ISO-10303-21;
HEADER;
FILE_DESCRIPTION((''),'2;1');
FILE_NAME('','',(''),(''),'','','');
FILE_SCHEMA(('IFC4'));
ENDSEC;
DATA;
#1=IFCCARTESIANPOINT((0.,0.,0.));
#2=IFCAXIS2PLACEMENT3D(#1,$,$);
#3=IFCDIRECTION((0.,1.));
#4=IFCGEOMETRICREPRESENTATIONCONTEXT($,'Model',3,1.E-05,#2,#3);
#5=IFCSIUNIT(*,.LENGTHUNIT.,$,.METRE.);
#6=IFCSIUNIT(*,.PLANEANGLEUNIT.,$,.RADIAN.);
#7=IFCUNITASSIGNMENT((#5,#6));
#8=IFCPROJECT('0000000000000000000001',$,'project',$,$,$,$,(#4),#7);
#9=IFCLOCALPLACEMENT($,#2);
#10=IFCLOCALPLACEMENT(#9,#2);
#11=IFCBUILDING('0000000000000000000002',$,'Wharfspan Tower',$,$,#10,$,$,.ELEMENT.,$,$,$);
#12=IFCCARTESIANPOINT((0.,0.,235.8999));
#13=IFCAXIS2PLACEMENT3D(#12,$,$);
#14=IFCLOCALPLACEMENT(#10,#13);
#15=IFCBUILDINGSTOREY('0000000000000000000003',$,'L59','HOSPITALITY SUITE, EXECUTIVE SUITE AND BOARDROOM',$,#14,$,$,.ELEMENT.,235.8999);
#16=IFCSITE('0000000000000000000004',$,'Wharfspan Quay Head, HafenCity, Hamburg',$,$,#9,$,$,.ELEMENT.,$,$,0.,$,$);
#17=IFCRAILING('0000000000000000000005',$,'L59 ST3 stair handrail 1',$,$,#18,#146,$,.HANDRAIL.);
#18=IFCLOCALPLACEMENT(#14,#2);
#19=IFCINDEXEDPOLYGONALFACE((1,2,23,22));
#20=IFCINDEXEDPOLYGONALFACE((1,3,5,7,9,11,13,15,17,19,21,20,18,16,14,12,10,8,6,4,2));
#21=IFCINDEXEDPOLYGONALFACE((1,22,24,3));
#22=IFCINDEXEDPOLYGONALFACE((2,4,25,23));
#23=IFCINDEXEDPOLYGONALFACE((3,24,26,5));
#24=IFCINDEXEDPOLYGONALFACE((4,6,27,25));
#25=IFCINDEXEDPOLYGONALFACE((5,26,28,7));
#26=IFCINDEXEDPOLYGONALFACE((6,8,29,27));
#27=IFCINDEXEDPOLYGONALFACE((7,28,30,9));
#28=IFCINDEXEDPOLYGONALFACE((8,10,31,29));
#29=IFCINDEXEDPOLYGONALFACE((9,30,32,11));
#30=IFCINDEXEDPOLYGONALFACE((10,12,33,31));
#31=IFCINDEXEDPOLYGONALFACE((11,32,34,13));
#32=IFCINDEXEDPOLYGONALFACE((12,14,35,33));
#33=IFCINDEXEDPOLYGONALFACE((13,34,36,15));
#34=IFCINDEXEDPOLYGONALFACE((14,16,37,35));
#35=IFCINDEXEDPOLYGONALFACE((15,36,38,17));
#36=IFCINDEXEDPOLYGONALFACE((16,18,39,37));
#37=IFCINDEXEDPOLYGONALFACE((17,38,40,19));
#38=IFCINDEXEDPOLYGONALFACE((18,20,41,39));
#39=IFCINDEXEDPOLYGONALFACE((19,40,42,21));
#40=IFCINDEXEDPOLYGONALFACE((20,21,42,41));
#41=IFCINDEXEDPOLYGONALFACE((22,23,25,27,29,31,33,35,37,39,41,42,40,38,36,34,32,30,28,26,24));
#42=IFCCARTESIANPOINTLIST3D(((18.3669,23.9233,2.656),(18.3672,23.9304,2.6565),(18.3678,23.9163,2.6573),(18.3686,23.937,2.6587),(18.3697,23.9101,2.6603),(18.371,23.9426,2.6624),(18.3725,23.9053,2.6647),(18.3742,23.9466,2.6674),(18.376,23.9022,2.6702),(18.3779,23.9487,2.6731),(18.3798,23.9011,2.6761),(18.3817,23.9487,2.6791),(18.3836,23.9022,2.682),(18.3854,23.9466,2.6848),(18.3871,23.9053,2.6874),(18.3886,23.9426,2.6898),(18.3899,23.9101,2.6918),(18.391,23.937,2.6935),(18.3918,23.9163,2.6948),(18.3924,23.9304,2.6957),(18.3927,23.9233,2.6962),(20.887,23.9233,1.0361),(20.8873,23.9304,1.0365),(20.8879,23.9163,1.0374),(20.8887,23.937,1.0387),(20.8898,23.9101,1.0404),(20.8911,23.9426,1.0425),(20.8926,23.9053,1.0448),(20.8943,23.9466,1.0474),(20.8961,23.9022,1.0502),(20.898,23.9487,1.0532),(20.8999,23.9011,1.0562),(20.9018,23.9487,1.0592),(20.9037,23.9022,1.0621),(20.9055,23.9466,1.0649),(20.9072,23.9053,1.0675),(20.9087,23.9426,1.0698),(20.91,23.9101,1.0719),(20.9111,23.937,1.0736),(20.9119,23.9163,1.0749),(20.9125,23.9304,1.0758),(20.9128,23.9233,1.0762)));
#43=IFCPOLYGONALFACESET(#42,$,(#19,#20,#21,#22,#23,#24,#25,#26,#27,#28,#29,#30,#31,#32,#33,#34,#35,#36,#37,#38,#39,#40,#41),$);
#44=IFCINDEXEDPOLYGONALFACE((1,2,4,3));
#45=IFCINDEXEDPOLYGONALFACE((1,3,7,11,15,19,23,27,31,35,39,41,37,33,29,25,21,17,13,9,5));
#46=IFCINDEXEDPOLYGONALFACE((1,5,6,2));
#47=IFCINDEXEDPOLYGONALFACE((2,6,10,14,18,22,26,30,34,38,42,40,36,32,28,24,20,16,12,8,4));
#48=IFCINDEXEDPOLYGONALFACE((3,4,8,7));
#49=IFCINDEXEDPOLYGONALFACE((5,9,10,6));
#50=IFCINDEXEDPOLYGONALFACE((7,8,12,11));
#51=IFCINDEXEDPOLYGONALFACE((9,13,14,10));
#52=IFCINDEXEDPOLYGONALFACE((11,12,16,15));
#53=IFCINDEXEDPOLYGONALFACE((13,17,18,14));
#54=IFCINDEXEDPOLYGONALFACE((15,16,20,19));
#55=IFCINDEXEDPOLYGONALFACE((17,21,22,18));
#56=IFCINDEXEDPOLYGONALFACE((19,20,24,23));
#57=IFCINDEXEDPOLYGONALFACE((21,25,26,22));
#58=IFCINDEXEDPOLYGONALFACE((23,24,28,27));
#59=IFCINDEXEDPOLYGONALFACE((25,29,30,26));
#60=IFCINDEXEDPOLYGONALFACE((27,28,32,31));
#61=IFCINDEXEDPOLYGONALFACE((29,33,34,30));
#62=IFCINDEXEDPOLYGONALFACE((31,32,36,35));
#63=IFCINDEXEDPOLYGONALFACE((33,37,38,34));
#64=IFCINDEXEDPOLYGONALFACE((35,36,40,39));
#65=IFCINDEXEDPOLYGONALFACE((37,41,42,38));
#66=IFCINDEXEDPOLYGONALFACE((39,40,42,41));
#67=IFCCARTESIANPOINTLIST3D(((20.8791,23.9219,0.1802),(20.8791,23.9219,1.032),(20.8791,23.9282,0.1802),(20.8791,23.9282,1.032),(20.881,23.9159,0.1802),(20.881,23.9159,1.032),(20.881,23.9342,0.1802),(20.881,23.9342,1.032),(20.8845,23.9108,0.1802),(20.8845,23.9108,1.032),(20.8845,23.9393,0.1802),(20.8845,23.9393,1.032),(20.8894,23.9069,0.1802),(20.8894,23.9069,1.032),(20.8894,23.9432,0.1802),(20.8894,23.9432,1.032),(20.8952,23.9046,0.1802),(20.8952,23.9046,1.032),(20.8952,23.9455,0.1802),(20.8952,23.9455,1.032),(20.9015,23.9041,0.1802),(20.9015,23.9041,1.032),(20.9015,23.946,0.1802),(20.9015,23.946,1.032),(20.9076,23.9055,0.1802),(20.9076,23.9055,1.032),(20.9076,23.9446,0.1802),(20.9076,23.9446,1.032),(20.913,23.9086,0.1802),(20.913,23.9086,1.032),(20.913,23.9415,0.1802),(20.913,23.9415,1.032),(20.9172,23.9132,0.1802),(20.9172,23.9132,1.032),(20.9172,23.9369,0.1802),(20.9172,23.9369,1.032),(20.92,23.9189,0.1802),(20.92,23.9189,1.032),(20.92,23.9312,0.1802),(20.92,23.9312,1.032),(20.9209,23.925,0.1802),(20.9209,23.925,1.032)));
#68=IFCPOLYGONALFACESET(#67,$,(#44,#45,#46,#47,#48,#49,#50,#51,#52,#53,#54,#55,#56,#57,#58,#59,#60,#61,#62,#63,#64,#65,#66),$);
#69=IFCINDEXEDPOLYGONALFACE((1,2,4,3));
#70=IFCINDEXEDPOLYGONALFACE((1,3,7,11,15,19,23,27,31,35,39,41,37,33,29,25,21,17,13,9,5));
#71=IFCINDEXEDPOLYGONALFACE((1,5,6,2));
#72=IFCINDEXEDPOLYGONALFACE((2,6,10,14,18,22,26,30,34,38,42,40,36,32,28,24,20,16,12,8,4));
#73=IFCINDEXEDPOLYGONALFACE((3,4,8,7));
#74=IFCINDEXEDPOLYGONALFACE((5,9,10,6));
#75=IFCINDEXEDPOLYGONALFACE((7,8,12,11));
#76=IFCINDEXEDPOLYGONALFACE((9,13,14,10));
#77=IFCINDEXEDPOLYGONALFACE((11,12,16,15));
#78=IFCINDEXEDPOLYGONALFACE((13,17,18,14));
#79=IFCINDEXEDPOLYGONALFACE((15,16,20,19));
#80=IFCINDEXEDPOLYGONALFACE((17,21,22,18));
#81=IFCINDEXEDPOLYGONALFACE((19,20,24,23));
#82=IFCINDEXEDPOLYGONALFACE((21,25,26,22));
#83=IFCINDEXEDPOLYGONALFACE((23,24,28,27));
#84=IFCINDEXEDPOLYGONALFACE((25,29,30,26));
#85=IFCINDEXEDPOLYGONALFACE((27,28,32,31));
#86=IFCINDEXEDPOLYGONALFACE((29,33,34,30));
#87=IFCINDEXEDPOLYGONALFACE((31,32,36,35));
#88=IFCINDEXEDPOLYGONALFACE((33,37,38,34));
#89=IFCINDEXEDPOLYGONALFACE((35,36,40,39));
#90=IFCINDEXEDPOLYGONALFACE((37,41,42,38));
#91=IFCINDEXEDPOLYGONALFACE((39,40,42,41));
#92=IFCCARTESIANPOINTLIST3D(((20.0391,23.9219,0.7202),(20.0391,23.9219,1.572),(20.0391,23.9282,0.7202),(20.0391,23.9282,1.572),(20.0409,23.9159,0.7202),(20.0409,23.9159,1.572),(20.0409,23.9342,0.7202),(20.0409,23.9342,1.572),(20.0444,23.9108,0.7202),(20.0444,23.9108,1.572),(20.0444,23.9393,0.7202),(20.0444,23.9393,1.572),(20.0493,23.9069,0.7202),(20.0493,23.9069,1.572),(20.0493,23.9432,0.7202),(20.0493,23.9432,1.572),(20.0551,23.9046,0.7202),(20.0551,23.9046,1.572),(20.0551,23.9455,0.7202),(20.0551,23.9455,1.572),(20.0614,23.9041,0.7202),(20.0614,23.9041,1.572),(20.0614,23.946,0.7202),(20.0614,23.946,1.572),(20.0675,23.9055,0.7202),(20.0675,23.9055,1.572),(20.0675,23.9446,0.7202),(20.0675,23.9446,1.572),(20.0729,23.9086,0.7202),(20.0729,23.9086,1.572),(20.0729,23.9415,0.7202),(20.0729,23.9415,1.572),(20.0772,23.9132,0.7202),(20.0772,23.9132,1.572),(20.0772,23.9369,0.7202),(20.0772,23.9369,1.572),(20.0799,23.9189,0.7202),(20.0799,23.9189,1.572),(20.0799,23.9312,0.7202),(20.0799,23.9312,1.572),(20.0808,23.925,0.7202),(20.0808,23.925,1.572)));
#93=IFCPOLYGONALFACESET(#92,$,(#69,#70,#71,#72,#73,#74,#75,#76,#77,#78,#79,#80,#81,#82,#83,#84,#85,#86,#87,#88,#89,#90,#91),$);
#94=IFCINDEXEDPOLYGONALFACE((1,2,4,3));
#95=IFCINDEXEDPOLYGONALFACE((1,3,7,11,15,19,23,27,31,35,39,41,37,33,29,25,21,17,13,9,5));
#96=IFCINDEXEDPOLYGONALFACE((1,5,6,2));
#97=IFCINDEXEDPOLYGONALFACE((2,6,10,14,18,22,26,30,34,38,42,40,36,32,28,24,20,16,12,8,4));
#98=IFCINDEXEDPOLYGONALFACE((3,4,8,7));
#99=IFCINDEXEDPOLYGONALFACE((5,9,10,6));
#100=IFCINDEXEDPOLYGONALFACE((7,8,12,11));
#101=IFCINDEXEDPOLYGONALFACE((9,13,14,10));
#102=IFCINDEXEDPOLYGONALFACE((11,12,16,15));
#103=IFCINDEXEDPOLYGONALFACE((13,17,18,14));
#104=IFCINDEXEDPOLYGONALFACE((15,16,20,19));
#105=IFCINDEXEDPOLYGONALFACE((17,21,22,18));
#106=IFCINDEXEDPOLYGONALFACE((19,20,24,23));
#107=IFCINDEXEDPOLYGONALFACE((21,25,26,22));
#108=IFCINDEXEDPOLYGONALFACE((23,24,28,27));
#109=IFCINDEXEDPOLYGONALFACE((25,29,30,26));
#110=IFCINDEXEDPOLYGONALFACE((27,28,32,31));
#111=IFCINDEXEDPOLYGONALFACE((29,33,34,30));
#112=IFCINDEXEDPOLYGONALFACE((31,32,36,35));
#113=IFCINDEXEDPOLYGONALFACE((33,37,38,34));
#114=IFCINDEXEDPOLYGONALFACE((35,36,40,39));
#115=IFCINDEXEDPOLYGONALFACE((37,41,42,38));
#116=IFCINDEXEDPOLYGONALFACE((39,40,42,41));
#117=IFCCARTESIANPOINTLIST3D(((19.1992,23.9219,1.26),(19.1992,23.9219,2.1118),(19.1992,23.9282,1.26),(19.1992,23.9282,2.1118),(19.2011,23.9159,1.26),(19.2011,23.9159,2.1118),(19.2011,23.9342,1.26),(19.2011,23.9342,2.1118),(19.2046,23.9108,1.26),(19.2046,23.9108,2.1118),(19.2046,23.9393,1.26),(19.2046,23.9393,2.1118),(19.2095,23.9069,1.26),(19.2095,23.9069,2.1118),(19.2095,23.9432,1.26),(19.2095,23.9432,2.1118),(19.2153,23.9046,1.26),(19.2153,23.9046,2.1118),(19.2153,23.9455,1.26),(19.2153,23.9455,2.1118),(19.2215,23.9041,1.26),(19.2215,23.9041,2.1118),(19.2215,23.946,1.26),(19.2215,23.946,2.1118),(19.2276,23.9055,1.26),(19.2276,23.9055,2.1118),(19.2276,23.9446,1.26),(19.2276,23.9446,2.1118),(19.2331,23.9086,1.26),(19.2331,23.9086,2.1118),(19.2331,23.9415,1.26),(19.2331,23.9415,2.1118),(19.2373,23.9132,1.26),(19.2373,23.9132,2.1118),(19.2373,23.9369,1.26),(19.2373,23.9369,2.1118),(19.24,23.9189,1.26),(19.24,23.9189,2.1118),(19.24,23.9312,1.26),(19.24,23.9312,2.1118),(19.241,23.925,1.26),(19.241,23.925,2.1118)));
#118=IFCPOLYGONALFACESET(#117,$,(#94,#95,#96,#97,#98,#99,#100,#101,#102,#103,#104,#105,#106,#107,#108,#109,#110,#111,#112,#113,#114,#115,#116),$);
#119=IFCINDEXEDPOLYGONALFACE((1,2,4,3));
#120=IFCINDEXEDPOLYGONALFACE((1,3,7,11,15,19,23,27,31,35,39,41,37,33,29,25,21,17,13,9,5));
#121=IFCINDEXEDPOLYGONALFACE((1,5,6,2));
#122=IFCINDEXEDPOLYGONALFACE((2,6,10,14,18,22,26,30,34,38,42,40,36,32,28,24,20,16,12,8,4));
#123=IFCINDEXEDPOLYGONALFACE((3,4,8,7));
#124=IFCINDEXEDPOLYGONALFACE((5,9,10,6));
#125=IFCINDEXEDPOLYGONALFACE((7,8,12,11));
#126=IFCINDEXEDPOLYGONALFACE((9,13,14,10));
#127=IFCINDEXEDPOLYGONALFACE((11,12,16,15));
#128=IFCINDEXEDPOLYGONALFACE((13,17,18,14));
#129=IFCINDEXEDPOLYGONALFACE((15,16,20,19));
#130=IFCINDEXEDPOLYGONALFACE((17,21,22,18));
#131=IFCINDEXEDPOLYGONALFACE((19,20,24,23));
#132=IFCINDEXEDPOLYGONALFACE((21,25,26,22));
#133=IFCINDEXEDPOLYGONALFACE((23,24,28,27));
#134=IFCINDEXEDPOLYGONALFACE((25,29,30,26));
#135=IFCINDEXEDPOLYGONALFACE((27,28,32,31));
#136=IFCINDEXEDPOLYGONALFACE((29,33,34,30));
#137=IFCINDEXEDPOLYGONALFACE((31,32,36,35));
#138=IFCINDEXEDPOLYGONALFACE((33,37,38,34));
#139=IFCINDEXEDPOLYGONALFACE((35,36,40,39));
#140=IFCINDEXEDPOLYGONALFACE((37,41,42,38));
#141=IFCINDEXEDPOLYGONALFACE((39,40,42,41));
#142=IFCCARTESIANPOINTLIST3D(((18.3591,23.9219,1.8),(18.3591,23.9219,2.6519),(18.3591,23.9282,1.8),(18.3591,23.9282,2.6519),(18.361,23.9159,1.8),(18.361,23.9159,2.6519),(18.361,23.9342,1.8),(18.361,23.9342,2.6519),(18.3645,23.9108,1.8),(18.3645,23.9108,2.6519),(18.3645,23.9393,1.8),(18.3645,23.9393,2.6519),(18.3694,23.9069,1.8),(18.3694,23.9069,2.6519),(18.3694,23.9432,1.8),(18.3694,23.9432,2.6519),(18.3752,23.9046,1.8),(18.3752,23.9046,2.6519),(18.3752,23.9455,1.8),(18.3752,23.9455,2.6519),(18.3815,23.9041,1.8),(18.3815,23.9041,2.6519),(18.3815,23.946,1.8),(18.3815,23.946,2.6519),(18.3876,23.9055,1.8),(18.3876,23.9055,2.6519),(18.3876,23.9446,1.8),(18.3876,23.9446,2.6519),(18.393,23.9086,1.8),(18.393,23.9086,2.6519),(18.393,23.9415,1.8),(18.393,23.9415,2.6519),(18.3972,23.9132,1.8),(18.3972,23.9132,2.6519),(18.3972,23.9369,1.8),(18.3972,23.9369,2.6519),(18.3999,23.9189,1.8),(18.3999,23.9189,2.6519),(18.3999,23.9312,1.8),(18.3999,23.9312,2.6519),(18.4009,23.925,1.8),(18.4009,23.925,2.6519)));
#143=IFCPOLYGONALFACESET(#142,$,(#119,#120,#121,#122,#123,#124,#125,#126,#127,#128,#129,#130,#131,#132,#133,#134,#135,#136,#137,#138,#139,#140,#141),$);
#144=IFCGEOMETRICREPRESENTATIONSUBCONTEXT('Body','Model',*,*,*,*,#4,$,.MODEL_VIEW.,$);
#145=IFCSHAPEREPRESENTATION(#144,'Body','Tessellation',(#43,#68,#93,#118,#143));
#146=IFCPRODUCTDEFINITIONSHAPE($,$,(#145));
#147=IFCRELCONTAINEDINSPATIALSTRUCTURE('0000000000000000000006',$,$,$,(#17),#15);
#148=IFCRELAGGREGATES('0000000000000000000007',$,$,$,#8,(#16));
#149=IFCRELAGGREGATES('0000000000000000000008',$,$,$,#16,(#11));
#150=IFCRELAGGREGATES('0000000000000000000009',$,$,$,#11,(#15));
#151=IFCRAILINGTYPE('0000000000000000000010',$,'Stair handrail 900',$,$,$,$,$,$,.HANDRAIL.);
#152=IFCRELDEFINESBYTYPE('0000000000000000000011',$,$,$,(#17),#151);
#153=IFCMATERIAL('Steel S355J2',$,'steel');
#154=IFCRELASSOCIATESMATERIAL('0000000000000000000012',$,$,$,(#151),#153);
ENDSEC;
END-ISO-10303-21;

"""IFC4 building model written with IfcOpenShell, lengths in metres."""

from ifc_helpers import new_model, si_unit, direction, frame, origin, origin_2d, place, context, subcontext, project, spatial, circle, extrude, material, type_object, element, save


model = new_model("IFC4")

# Units and contexts
model_context = context("Model", 3, precision=1e-05, world=origin(), true_north=direction((0.0, 1.0)))
body_context = subcontext(model_context, "Body", "Model", "MODEL_VIEW")
ifc_project = project(units=[si_unit("LENGTHUNIT", "METRE"), si_unit("PLANEANGLEUNIT", "RADIAN")], contexts=[model_context])

# Site, building, storey
site_placement = place(None, origin())
site = spatial("IfcSite", under=ifc_project, at=site_placement, Name="Wharfspan Quay Head, HafenCity, Hamburg", CompositionType="ELEMENT", RefElevation=0.0)
building_placement = place(site_placement, origin())
building = spatial("IfcBuilding", under=site, at=building_placement, Name="Wharfspan Tower", CompositionType="ELEMENT")
storey_placement = place(building_placement, frame((0.0, 0.0, 235.8999)))
storey = spatial("IfcBuildingStorey", under=building, at=storey_placement, Name="L59", Description="HOSPITALITY SUITE, EXECUTIVE SUITE AND BOARDROOM", CompositionType="ELEMENT", Elevation=235.8999)

# Shared definitions
ifc_material_1 = material(Name="Steel S355J2", Category="steel")

# Railing
railing_type_1 = type_object("IfcRailingType", Name="Stair handrail 900", PredefinedType="HANDRAIL", material=ifc_material_1)
railing_1_placement = place(storey_placement, frame((20.8999, 23.925, 0.1802)))
element("IfcRailing", 1, at=railing_1_placement, inside=storey, type_object=railing_type_1, Name="L59 ST3 stair handrail 1", PredefinedType="HANDRAIL", context=body_context, shape_type="SweptSolid", body=[
    extrude(circle(Radius=0.0239, at=origin_2d()), frame((0.0, 0.0, 0.876), z_axis=(-0.8412, 0.0, 0.540725), x_axis=(0.0, -1.0, 0.0)), (0.0, 0.0, 1.0), 2.9958),
    extrude(circle(Radius=0.021, at=origin_2d()), origin(), (0.0, 0.0, 1.0), 0.8518),
    extrude(circle(Radius=0.021, at=origin_2d()), frame((-0.8401, 0.0, 0.54)), (0.0, 0.0, 1.0), 0.8518),
    extrude(circle(Radius=0.021, at=origin_2d()), frame((-1.6799, 0.0, 1.0798)), (0.0, 0.0, 1.0), 0.8518),
    extrude(circle(Radius=0.021, at=origin_2d()), frame((-2.52, 0.0, 1.6199)), (0.0, 0.0, 1.0), 0.8518),
])

save(model, "model.ifc")
